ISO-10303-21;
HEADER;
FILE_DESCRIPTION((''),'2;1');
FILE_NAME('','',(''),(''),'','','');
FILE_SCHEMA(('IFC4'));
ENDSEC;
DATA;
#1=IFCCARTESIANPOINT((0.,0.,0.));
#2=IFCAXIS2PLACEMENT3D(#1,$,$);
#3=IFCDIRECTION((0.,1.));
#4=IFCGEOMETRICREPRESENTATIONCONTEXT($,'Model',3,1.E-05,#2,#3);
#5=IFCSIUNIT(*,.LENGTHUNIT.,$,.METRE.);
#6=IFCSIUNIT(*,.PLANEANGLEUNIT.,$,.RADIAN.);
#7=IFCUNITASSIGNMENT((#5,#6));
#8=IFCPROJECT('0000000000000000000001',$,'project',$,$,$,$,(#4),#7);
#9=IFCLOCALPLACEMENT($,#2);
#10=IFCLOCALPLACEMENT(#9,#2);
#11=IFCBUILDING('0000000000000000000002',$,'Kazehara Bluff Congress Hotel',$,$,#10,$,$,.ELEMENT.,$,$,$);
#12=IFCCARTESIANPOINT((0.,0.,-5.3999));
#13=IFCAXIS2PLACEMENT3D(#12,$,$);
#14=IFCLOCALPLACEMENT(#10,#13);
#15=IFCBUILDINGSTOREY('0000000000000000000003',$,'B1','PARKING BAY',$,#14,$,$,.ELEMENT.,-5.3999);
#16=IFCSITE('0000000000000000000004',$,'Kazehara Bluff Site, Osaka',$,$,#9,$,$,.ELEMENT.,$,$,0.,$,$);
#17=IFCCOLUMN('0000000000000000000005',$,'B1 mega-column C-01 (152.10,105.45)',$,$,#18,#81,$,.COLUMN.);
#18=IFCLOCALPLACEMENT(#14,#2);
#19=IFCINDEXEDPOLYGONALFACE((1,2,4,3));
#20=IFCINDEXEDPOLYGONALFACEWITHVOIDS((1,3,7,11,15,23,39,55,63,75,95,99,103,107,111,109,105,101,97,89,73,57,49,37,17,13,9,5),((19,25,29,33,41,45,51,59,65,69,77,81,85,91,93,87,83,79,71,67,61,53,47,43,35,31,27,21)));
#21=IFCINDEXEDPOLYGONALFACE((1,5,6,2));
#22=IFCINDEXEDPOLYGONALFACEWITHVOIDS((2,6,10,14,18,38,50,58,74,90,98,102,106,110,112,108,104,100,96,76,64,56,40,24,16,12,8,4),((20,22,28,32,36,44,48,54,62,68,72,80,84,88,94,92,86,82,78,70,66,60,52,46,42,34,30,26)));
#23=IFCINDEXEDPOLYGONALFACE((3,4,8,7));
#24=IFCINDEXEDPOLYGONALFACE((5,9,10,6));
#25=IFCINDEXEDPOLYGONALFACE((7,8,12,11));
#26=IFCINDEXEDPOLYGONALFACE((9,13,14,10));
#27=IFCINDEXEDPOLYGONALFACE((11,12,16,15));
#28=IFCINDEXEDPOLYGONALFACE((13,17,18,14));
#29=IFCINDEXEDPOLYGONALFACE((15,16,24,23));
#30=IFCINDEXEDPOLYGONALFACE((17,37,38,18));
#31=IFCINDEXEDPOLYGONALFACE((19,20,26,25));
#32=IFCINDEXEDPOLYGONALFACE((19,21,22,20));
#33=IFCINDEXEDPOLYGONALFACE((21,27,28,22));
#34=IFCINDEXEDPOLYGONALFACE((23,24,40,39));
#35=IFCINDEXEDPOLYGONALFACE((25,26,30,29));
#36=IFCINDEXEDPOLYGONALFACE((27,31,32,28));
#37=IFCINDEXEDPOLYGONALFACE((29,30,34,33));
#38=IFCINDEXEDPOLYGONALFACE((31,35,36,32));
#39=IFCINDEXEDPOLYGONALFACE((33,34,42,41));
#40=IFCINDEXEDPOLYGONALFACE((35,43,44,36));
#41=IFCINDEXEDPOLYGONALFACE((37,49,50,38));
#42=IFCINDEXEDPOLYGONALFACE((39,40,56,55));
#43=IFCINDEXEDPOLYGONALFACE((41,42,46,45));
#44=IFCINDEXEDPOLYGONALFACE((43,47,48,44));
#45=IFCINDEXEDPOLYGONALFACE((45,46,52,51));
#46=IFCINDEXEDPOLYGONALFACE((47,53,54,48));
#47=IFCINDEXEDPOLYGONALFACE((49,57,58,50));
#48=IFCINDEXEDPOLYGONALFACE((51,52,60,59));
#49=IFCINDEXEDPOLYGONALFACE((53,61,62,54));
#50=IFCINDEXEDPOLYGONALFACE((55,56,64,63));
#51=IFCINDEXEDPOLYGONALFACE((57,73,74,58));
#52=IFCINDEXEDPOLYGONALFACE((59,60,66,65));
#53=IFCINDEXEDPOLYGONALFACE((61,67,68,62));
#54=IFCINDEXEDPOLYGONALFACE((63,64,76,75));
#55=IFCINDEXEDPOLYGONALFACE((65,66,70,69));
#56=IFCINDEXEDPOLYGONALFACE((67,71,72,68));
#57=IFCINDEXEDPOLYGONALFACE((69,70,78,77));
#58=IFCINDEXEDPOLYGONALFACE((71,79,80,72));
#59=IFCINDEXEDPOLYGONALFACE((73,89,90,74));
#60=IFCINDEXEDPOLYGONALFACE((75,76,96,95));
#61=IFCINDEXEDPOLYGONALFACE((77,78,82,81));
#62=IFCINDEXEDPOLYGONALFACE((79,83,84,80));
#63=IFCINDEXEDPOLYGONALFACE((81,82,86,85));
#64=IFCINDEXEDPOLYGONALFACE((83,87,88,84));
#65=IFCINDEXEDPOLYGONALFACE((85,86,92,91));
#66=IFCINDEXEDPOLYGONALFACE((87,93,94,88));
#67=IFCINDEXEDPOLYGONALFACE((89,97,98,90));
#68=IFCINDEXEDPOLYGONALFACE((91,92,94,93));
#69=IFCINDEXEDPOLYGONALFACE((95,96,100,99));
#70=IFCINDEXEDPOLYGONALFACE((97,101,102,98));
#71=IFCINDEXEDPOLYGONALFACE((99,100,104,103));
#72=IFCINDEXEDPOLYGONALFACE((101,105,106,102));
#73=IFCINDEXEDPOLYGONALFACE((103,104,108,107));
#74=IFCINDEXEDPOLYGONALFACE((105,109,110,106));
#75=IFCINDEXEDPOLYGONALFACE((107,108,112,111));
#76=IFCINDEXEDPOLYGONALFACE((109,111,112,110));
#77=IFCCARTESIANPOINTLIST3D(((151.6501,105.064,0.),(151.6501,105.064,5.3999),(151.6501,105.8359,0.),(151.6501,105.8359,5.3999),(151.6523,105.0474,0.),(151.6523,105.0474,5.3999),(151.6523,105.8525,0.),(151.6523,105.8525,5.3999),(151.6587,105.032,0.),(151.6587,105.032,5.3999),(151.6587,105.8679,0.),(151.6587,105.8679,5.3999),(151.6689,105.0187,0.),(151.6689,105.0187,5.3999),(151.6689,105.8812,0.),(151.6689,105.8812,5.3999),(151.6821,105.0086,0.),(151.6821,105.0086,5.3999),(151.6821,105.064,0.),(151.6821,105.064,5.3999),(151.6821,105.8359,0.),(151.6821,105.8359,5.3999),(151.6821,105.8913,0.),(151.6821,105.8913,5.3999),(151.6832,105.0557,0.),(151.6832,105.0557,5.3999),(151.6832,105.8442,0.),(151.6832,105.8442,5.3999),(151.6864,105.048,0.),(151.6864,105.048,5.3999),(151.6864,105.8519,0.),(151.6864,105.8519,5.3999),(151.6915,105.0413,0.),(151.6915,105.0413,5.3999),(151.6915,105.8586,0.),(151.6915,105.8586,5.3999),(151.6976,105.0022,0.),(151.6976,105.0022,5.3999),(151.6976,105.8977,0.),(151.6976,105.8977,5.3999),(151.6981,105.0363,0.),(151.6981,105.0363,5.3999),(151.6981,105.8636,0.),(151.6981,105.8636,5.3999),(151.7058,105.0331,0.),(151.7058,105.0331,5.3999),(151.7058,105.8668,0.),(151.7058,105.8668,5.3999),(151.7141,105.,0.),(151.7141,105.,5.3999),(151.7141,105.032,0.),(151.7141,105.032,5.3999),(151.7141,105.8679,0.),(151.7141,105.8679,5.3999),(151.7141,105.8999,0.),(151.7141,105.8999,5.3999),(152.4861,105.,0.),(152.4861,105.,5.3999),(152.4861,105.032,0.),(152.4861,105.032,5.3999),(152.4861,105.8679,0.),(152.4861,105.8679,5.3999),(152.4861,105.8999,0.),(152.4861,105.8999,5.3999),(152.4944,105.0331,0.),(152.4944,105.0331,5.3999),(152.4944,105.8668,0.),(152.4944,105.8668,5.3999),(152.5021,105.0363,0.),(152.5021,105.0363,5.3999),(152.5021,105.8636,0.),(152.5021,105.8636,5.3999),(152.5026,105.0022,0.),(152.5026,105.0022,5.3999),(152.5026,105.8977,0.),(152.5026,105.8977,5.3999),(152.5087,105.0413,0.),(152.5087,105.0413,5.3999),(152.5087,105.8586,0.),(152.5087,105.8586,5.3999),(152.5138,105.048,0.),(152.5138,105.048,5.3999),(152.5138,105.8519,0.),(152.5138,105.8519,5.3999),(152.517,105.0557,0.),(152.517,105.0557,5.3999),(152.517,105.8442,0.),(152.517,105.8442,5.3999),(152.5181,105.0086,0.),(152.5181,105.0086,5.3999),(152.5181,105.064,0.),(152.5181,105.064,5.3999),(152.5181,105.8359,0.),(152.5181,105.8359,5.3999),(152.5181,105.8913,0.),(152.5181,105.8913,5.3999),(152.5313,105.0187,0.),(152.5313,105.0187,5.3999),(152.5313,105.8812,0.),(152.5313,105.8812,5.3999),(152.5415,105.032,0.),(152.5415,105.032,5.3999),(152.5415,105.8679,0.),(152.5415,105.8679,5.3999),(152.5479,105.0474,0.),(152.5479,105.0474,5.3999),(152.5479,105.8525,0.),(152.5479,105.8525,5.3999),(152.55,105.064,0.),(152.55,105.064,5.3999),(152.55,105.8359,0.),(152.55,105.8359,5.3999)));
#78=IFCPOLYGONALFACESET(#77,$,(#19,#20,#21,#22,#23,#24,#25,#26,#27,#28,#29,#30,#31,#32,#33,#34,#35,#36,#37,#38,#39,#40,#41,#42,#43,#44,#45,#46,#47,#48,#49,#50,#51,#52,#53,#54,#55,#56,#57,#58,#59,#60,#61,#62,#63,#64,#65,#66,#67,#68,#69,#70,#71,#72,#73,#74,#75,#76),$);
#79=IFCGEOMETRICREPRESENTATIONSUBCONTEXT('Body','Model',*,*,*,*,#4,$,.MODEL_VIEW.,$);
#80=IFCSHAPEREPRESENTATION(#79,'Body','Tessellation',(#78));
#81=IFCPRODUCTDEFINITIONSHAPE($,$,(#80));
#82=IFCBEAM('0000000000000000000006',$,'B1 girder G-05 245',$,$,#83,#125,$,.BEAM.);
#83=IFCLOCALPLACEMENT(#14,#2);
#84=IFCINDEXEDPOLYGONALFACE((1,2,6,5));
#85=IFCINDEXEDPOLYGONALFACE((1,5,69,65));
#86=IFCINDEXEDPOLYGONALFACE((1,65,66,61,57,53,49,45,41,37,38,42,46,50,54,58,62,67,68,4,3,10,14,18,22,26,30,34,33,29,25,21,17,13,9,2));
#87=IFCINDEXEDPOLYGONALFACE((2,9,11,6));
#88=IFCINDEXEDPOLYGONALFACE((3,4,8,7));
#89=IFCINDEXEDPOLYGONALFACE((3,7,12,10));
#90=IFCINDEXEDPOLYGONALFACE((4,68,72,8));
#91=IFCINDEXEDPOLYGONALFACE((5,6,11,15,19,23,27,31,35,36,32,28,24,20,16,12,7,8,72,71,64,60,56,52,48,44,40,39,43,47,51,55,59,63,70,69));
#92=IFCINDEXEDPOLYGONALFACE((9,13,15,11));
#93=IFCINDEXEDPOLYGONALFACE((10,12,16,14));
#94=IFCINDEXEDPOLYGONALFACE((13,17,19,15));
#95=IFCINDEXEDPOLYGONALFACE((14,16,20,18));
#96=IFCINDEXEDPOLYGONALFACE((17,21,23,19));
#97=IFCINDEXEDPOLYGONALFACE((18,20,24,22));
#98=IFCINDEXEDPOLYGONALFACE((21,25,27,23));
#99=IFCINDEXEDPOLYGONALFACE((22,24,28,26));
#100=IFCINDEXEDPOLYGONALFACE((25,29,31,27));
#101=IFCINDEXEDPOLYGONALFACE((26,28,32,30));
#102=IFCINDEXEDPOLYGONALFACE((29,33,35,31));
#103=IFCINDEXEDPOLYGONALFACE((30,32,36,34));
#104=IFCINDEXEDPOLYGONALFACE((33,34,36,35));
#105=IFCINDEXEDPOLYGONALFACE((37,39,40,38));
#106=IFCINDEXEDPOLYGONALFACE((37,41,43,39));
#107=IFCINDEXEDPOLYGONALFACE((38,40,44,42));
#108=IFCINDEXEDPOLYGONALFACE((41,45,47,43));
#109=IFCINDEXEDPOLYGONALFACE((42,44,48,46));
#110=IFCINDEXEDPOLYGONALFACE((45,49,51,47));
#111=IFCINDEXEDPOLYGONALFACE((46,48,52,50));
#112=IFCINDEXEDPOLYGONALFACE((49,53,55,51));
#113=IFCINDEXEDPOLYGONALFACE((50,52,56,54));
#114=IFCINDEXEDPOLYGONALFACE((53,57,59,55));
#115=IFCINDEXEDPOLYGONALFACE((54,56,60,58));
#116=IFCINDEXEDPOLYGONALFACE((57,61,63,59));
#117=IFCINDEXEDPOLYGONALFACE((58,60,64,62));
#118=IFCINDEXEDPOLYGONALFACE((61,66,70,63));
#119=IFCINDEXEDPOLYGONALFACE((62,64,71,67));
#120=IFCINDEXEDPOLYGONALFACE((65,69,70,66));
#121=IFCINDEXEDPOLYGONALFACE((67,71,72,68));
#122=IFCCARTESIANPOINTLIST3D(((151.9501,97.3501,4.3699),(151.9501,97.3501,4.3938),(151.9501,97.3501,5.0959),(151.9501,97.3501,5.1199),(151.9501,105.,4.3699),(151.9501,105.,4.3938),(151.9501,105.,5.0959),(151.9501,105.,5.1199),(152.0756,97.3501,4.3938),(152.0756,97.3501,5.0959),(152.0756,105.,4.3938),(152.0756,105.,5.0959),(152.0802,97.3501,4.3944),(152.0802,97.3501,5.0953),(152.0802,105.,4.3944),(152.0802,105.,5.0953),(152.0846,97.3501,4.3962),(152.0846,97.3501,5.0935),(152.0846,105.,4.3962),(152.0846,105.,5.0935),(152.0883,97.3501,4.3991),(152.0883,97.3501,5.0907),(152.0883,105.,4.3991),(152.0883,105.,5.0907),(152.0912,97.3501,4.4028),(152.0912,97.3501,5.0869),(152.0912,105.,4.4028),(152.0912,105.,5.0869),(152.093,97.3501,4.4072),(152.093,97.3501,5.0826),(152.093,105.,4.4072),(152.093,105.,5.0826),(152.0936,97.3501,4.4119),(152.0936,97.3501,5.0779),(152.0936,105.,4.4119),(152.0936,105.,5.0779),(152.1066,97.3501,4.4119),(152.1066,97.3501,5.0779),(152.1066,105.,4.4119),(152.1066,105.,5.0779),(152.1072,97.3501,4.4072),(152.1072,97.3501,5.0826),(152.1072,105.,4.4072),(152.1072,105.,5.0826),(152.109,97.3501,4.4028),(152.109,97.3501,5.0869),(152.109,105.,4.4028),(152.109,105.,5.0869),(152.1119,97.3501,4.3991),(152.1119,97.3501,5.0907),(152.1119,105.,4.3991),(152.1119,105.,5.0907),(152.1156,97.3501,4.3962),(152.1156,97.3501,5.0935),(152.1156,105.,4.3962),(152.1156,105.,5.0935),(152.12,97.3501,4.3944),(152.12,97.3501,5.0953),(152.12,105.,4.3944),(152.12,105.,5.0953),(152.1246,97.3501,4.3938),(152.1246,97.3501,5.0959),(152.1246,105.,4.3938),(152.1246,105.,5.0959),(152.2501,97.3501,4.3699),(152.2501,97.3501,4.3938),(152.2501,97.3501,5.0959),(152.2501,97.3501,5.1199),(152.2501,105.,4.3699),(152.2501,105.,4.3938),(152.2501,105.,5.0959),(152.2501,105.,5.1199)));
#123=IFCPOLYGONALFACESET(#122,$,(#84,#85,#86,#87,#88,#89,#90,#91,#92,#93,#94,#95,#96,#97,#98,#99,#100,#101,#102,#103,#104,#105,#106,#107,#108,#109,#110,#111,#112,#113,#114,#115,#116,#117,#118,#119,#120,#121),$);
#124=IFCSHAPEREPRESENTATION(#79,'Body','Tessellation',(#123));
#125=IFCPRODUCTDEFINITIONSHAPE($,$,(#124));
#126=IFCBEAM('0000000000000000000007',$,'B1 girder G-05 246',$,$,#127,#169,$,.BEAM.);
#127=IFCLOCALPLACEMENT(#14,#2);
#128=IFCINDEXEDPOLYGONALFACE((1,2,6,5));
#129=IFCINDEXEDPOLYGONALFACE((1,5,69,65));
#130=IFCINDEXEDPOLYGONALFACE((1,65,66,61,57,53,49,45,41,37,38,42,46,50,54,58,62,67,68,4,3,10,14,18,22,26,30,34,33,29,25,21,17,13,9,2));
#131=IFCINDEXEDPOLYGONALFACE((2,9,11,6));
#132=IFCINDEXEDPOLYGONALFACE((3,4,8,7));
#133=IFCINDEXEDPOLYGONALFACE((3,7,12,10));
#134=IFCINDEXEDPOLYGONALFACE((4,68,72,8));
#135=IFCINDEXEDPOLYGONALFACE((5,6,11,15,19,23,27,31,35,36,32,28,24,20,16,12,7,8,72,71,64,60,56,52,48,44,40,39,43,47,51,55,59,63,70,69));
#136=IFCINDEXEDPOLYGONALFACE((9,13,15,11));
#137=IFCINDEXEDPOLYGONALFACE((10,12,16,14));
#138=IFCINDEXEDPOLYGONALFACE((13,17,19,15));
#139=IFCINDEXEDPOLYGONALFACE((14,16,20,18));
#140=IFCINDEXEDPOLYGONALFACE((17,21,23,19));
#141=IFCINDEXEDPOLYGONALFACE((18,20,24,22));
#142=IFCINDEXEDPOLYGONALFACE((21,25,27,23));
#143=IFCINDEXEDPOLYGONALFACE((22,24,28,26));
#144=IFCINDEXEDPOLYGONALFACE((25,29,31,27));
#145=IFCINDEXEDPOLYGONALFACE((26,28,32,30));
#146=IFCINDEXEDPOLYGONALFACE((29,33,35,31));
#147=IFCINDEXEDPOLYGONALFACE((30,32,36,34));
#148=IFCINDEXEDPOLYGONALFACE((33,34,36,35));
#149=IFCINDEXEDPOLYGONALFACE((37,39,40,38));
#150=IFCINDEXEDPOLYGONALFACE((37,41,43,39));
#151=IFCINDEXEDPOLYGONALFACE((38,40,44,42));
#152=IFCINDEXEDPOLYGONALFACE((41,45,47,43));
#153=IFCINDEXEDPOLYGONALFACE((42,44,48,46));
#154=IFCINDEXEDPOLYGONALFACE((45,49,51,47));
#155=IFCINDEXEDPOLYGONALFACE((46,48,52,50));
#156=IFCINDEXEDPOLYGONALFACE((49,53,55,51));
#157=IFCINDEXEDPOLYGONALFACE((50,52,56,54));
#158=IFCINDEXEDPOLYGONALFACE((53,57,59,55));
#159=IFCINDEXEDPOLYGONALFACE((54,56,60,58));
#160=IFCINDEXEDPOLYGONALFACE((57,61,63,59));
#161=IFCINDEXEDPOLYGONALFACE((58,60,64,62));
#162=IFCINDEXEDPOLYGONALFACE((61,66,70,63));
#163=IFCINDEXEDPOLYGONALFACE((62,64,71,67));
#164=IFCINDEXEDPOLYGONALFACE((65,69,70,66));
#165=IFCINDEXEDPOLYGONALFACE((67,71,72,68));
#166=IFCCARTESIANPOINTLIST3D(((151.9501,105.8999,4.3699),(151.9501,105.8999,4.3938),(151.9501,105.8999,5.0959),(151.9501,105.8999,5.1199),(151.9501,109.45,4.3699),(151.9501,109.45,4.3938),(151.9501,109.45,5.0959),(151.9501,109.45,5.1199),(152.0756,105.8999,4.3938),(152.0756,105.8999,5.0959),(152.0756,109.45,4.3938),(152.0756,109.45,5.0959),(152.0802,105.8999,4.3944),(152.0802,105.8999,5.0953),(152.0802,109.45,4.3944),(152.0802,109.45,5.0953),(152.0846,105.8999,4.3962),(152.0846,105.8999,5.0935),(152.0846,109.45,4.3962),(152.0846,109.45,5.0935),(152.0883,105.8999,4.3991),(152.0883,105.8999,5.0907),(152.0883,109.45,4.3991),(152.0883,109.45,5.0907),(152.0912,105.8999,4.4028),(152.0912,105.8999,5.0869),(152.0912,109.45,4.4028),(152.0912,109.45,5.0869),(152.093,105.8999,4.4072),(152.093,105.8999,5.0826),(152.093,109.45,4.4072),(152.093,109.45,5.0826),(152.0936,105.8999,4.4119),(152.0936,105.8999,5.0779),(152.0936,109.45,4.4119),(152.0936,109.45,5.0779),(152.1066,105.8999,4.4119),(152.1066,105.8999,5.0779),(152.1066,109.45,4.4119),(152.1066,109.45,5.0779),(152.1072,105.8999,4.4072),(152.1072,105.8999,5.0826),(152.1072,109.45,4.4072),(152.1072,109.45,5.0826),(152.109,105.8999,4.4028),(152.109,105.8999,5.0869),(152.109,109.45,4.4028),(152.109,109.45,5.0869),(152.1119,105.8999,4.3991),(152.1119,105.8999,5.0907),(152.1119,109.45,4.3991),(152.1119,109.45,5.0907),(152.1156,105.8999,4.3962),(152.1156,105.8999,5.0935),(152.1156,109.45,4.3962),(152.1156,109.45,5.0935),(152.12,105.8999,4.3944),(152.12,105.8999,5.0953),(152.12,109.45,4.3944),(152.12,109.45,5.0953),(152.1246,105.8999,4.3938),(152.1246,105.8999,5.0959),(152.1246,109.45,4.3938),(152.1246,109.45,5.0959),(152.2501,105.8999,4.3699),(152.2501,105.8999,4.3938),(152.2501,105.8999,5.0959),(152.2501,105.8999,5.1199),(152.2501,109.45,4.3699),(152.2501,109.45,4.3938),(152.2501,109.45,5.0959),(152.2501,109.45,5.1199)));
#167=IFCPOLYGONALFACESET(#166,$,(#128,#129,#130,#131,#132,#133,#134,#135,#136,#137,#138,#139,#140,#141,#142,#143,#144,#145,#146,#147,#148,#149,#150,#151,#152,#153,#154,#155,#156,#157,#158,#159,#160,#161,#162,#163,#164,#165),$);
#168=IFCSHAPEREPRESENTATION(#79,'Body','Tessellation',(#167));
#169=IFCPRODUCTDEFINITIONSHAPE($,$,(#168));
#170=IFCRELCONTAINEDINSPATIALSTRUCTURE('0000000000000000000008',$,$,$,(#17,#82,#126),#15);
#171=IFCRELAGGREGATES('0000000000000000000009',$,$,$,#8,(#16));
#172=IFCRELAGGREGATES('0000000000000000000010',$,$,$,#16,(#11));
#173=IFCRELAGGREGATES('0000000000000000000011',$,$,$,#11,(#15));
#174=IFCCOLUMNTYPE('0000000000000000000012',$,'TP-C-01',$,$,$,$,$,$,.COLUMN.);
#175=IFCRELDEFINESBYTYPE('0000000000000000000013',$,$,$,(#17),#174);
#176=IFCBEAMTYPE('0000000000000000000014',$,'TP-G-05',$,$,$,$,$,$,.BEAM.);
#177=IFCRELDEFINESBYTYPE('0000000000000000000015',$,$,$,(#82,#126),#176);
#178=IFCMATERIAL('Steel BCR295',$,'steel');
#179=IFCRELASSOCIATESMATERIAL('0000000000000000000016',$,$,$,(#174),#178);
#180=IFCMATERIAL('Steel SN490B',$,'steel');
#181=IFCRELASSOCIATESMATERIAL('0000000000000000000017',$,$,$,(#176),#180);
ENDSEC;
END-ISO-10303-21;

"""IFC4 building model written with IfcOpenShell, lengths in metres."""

from ifc_helpers import new_model, si_unit, direction, frame, origin, origin_2d, place, context, subcontext, project, spatial, hollow_rectangle, i_section, extrude, material, material_profile, profile_set, type_object, element, save


model = new_model("IFC4")

# Units and contexts
model_context = context("Model", 3, precision=1e-05, world=origin(), true_north=direction((0.0, 1.0)))
body_context = subcontext(model_context, "Body", "Model", "MODEL_VIEW")
ifc_project = project(units=[si_unit("LENGTHUNIT", "METRE"), si_unit("PLANEANGLEUNIT", "RADIAN")], contexts=[model_context])

# Site, building, storey
site_placement = place(None, origin())
site = spatial("IfcSite", under=ifc_project, at=site_placement, Name="Kazehara Bluff Site, Osaka", CompositionType="ELEMENT", RefElevation=0.0)
building_placement = place(site_placement, origin())
building = spatial("IfcBuilding", under=site, at=building_placement, Name="Kazehara Bluff Congress Hotel", CompositionType="ELEMENT")
storey_placement = place(building_placement, frame((0.0, 0.0, -5.3999)))
storey = spatial("IfcBuildingStorey", under=building, at=storey_placement, Name="B1", Description="PARKING BAY", CompositionType="ELEMENT", Elevation=-5.3999)

# Column
ifc_material_1 = material(Name="Steel BCR295", Category="steel")
ifc_material_profile_1 = material_profile(ifc_material_1, hollow_rectangle(XDim=0.8999, YDim=0.8999, WallThickness=0.032, InnerFilletRadius=0.032, OuterFilletRadius=0.064, at=origin_2d()))
ifc_profile_set_1 = profile_set([ifc_material_profile_1], Name="Steel BCR295")
column_type = type_object("IfcColumnType", Name="TP-C-01", PredefinedType="COLUMN", material=ifc_profile_set_1)
for number, where, z_axis, x_axis, name in (
    (1, (152.1001, 105.45, 0.0), (0.0, 0.0, 1.0), (1.0, 0.0, 0.0), "B1 mega-column C-01 (152.10,105.45)"),
):
    element("IfcColumn", number, at=place(storey_placement, frame(where, z_axis=z_axis, x_axis=x_axis)), inside=storey, type_object=column_type, Name=name, PredefinedType="COLUMN", context=body_context, shape_type="SweptSolid", body=[
        extrude(hollow_rectangle(XDim=0.8999, YDim=0.8999, WallThickness=0.032, InnerFilletRadius=0.032, OuterFilletRadius=0.064, at=origin_2d()), origin(), (0.0, 0.0, 1.0), 5.3999),
    ])

# Beams
ifc_material_2 = material(Name="Steel SN490B", Category="steel")
ifc_material_profile_2 = material_profile(ifc_material_2, i_section(OverallWidth=0.3, OverallDepth=0.75, WebThickness=0.0129, FlangeThickness=0.0239, FilletRadius=0.0181, at=origin_2d()))
ifc_profile_set_2 = profile_set([ifc_material_profile_2], Name="Steel SN490B")
beam_type_1 = type_object("IfcBeamType", Name="TP-G-05", PredefinedType="BEAM", material=ifc_profile_set_2)
beam_1_placement = place(storey_placement, frame((152.1001, 97.3501, 4.7449), z_axis=(0.0, 1.0, 0.0), x_axis=(-1.0, 0.0, 0.0)))
element("IfcBeam", 2, at=beam_1_placement, inside=storey, type_object=beam_type_1, Name="B1 girder G-05 245", PredefinedType="BEAM", context=body_context, shape_type="SweptSolid", body=[
    extrude(i_section(OverallWidth=0.3, OverallDepth=0.75, WebThickness=0.0129, FlangeThickness=0.0239, FilletRadius=0.0181, at=origin_2d()), origin(), (0.0, 0.0, 1.0), 7.6499),
])
beam_2_placement = place(storey_placement, frame((152.1001, 105.8999, 4.7449), z_axis=(0.0, 1.0, 0.0), x_axis=(-1.0, 0.0, 0.0)))
element("IfcBeam", 3, at=beam_2_placement, inside=storey, type_object=beam_type_1, Name="B1 girder G-05 246", PredefinedType="BEAM", context=body_context, shape_type="SweptSolid", body=[
    extrude(i_section(OverallWidth=0.3, OverallDepth=0.75, WebThickness=0.0129, FlangeThickness=0.0239, FilletRadius=0.0181, at=origin_2d()), origin(), (0.0, 0.0, 1.0), 3.55),
])

save(model, "model.ifc")
